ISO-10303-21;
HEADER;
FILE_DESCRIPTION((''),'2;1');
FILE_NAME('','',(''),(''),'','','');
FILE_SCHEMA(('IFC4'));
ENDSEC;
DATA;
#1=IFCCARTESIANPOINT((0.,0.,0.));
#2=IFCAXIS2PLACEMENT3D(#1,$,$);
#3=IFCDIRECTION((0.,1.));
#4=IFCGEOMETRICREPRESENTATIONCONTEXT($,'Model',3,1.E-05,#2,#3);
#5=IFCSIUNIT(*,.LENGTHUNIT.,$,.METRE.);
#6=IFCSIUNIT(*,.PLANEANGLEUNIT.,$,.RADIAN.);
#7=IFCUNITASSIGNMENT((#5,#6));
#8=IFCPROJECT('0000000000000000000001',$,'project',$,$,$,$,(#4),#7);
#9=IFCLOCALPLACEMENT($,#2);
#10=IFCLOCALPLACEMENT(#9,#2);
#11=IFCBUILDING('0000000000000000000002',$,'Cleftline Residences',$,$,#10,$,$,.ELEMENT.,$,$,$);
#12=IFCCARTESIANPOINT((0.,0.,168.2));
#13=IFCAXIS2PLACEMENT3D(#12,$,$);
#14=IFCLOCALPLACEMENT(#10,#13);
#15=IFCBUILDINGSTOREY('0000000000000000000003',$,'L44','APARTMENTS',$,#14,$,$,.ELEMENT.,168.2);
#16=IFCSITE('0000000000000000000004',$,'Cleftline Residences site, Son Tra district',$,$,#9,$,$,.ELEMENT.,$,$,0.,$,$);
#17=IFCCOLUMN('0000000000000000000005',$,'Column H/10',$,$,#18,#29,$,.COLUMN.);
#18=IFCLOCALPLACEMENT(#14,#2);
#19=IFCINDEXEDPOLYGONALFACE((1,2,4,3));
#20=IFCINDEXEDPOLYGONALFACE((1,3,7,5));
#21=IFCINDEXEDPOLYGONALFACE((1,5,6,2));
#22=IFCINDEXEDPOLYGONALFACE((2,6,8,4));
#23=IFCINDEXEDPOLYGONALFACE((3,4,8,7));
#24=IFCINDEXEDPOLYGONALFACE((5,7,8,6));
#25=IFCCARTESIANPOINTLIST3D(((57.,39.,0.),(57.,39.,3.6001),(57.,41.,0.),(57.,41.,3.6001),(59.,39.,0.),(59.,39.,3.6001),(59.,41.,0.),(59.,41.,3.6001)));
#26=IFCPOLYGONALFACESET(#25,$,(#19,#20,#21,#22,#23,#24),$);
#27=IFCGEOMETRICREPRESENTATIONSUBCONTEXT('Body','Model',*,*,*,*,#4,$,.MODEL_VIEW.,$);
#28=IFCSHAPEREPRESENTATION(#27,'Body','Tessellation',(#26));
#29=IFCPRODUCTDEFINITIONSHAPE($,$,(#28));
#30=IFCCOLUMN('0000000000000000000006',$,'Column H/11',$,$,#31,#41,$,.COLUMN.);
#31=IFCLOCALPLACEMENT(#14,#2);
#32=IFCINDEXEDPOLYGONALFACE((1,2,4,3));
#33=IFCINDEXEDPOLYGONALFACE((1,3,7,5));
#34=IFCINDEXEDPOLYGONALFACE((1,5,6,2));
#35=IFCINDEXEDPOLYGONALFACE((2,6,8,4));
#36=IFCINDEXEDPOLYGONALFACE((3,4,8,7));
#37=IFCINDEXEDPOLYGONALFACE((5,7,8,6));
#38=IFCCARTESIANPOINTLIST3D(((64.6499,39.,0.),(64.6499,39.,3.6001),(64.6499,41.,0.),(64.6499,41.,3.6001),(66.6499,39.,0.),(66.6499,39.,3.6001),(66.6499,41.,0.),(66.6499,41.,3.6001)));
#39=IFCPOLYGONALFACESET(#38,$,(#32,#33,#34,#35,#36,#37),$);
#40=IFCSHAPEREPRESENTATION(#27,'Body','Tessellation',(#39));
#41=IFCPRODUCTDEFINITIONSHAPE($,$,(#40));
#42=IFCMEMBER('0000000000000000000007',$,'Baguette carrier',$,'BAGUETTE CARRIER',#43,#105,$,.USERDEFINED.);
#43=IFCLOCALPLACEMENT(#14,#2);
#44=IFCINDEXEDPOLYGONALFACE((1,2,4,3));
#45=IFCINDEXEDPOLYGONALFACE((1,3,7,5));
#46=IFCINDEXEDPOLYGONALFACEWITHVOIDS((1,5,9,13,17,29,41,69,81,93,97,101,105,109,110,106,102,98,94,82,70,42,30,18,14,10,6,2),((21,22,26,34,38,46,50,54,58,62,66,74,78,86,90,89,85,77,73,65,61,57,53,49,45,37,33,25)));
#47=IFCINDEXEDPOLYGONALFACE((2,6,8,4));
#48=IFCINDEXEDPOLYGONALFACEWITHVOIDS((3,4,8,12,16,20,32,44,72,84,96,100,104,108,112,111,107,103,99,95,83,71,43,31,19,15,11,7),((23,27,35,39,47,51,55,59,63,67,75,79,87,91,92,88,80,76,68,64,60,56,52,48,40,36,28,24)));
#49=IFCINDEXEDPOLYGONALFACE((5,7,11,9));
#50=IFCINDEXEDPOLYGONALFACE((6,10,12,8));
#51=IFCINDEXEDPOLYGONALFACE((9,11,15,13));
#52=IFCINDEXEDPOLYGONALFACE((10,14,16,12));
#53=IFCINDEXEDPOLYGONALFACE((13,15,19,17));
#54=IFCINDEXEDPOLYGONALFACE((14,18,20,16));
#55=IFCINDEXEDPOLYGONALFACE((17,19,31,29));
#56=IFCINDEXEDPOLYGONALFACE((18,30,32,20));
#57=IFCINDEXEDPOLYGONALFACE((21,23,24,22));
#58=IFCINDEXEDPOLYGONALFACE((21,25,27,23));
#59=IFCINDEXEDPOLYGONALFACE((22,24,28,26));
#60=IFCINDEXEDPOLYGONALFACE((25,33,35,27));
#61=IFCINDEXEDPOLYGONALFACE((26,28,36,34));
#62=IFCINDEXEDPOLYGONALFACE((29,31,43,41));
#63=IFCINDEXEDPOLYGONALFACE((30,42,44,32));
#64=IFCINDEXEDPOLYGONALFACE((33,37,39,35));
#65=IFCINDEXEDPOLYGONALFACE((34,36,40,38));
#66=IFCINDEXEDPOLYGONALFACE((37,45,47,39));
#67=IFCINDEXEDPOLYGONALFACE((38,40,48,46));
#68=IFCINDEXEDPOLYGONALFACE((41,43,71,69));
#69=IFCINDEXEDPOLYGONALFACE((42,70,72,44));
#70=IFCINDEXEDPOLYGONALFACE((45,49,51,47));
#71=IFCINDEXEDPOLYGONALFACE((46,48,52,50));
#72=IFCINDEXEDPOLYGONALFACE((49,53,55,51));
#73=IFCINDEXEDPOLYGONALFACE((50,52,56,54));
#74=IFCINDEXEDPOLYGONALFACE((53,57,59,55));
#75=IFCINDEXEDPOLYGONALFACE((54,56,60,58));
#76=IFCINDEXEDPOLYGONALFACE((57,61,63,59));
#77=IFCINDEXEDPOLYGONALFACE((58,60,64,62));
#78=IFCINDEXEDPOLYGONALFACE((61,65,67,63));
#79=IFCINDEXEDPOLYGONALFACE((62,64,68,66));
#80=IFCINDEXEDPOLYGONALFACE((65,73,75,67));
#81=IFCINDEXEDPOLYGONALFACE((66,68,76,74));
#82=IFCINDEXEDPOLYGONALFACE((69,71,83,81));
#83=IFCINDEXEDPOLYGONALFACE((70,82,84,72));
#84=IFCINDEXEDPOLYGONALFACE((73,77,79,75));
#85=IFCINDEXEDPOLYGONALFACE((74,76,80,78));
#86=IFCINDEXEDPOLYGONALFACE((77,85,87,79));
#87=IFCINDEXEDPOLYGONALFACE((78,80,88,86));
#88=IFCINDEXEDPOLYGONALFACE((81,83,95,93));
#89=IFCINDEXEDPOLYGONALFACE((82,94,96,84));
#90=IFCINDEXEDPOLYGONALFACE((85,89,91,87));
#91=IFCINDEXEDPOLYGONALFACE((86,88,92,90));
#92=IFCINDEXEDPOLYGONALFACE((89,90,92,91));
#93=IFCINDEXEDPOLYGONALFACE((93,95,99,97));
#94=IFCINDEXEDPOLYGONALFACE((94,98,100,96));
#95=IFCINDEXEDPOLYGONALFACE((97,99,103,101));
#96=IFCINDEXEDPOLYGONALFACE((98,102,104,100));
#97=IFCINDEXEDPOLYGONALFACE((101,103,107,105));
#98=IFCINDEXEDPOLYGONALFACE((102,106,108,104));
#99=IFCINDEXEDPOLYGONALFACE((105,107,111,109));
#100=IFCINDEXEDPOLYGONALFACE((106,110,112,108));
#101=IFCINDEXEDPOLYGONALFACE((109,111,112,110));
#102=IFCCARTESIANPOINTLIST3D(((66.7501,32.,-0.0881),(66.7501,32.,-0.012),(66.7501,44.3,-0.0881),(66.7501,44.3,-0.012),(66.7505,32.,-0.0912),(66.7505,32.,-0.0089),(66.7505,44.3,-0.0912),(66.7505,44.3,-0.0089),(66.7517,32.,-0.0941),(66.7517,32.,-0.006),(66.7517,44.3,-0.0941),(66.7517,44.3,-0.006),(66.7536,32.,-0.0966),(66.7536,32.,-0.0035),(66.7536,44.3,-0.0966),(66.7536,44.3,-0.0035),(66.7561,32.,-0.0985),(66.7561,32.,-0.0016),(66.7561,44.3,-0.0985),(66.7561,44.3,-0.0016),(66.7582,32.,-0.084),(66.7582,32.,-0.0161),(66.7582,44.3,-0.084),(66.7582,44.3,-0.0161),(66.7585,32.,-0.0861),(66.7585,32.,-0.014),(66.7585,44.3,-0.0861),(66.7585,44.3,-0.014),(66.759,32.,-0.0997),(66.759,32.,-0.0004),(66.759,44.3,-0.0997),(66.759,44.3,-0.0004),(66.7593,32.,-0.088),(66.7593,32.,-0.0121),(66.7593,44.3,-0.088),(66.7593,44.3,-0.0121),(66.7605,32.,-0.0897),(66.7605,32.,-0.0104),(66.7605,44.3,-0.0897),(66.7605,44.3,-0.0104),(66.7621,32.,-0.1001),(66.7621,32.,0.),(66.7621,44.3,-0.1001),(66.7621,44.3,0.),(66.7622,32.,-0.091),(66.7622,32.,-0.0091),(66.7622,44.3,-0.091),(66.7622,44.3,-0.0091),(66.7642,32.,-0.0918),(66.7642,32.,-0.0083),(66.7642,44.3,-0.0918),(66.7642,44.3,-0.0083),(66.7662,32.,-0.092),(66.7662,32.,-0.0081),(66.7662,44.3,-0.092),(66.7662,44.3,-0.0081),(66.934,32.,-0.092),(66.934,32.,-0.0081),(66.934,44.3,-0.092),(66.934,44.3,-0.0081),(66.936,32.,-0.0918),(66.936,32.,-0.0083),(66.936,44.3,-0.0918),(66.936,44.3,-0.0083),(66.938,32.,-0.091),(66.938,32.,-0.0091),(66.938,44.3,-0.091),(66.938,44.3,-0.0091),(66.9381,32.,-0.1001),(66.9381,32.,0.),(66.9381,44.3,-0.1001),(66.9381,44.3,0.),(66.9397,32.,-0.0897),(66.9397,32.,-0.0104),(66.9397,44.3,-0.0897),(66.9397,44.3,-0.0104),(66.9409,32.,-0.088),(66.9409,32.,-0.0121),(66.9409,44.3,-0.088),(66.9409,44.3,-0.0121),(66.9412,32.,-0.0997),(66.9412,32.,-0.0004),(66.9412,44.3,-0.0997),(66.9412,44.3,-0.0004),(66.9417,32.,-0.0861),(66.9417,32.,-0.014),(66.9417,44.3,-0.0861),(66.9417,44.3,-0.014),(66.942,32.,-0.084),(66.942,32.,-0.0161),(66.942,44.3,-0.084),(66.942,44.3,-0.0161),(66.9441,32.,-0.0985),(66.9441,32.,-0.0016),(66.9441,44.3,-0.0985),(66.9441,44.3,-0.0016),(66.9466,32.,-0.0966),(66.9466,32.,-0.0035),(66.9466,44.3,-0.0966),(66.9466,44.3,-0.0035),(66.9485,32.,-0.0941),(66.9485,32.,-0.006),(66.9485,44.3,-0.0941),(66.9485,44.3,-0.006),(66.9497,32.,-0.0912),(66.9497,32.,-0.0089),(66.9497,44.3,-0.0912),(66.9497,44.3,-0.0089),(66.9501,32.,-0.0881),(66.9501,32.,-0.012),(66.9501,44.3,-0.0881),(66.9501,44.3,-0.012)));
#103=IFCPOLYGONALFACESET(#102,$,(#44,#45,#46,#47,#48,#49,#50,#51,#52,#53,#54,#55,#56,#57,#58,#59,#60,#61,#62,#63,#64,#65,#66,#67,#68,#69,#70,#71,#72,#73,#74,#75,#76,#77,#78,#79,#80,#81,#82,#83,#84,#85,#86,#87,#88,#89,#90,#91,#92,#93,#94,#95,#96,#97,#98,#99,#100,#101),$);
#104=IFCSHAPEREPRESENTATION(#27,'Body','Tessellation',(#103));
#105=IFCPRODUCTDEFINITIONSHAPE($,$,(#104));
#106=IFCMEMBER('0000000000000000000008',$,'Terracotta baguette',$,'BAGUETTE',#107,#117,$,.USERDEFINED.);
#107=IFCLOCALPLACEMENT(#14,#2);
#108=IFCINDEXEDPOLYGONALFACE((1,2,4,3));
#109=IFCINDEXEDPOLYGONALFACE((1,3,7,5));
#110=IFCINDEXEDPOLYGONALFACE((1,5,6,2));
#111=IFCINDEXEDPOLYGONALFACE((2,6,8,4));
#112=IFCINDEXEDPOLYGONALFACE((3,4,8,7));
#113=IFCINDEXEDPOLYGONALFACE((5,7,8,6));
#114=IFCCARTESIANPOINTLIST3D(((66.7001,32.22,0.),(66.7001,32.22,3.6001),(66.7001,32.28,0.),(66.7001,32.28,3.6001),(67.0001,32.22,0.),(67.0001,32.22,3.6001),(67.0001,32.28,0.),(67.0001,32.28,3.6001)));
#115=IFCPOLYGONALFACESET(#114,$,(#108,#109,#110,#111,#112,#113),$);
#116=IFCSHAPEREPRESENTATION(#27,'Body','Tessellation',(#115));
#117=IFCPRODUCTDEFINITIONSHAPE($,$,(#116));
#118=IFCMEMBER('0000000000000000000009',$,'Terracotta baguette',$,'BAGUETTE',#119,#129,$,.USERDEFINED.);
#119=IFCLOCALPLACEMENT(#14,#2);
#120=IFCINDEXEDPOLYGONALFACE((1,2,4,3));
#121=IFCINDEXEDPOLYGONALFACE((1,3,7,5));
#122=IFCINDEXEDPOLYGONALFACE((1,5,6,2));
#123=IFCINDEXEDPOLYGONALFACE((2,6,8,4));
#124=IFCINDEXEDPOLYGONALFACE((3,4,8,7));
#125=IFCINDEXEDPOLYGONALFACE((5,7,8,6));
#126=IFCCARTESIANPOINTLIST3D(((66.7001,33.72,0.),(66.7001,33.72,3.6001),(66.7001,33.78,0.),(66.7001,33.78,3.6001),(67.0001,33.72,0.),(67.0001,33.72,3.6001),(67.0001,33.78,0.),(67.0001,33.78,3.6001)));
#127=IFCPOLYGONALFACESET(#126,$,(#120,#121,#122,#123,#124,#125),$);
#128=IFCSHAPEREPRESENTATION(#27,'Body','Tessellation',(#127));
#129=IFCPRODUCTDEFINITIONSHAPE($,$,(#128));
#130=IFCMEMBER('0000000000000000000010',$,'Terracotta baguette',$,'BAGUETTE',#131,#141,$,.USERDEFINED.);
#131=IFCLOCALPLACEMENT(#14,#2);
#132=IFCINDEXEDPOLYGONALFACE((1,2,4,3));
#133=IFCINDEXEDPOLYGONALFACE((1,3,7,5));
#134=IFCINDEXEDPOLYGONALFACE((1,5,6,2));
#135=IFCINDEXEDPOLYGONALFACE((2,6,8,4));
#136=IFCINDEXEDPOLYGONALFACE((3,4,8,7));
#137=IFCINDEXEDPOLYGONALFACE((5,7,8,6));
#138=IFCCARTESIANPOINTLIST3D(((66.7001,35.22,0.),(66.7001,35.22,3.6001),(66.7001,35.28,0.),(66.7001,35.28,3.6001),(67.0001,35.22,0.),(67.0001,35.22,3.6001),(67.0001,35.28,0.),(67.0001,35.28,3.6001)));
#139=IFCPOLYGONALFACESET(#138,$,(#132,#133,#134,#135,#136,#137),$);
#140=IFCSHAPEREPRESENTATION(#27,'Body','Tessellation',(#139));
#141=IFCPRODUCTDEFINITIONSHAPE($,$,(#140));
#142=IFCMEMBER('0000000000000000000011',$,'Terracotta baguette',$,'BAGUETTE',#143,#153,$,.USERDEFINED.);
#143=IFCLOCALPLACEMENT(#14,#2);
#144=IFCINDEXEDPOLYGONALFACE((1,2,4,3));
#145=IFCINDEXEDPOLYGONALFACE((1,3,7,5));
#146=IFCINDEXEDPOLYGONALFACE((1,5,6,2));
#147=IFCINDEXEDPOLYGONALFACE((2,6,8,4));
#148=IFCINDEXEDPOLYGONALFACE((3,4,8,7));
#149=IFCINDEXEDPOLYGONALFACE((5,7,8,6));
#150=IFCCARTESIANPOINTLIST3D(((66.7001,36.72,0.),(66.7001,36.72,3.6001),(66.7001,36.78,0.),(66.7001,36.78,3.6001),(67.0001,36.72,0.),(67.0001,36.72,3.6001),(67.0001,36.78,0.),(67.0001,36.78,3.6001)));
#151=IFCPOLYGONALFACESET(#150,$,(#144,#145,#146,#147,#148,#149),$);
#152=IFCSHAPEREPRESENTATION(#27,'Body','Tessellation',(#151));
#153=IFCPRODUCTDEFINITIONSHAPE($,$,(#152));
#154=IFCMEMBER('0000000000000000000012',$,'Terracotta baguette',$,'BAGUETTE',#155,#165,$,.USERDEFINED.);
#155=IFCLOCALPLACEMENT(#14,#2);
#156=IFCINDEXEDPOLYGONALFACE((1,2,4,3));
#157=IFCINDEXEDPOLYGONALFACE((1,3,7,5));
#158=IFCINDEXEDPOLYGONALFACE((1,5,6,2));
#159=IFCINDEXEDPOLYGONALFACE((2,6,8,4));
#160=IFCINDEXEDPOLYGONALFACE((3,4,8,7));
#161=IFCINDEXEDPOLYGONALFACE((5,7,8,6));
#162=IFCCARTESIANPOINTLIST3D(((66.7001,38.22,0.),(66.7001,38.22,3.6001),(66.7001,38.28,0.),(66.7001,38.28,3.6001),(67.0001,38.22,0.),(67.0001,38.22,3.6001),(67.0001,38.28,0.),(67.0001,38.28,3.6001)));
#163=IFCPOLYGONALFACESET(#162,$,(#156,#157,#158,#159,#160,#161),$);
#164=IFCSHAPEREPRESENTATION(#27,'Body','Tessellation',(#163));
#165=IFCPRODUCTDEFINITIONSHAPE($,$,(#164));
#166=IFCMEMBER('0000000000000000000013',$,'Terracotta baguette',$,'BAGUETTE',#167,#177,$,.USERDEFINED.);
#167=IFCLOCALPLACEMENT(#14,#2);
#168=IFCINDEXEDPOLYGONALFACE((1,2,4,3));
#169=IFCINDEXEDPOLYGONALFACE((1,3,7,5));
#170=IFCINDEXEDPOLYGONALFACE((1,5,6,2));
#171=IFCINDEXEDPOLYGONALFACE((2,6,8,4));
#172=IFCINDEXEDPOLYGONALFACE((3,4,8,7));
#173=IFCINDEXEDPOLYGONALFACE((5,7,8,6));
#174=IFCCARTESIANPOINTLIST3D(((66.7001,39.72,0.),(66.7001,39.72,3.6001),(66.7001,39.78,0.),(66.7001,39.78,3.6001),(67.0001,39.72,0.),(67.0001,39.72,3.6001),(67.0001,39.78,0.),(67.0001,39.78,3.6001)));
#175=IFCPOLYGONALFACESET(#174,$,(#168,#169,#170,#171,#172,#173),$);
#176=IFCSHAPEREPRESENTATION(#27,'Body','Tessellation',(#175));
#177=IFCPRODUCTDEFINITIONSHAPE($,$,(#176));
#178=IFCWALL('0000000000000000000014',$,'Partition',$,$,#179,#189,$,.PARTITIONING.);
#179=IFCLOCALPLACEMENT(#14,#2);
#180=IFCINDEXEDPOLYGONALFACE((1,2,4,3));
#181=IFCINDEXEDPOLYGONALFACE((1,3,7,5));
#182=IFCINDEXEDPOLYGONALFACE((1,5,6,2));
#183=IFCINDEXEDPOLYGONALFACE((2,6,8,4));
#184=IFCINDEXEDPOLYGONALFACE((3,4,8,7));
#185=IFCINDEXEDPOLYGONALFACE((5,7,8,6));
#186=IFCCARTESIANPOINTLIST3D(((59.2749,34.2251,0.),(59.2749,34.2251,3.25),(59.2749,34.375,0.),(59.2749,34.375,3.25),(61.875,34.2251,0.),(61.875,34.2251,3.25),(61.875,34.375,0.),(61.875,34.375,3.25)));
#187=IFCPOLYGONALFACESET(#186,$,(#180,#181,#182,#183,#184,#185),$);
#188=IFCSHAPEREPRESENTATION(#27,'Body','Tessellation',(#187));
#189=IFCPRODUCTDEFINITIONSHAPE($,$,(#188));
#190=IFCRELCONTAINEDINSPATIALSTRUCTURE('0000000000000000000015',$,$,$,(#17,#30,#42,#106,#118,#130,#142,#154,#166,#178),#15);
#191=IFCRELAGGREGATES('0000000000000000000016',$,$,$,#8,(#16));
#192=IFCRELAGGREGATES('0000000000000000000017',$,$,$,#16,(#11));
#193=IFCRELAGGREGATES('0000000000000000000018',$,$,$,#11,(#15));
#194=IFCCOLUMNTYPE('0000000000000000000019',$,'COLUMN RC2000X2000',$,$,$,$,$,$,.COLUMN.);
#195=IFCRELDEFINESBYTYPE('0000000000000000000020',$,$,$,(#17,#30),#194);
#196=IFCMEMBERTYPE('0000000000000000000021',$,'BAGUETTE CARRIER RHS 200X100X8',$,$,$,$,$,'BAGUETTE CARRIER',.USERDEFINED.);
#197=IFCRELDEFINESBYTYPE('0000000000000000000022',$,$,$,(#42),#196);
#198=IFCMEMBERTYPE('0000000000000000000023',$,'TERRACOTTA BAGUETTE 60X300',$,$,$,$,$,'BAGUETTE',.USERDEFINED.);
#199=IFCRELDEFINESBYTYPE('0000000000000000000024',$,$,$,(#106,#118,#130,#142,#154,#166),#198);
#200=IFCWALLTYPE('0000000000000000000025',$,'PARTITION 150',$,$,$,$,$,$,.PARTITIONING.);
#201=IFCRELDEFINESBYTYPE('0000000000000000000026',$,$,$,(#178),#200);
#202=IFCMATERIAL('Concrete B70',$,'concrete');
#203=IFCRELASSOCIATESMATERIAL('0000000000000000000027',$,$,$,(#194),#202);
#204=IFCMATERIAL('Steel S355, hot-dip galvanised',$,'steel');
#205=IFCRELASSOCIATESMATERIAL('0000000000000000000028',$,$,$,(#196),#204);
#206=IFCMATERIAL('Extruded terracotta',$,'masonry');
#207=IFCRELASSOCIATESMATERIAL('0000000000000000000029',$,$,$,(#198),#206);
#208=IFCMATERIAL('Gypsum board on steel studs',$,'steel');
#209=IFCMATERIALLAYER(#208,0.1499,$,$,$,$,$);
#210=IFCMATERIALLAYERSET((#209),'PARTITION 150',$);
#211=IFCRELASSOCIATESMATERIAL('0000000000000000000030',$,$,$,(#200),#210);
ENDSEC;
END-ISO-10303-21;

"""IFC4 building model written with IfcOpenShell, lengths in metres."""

from ifc_helpers import new_model, si_unit, direction, frame, frame_2d, origin, origin_2d, place, context, subcontext, project, spatial, rectangle, hollow_rectangle, extrude, material, layer, layer_set, material_profile, profile_set, type_object, element, save


model = new_model("IFC4")

# Units and contexts
model_context = context("Model", 3, precision=1e-05, world=origin(), true_north=direction((0.0, 1.0)))
body_context = subcontext(model_context, "Body", "Model", "MODEL_VIEW")
ifc_project = project(units=[si_unit("LENGTHUNIT", "METRE"), si_unit("PLANEANGLEUNIT", "RADIAN")], contexts=[model_context])

# Site, building, storey
site_placement = place(None, origin())
site = spatial("IfcSite", under=ifc_project, at=site_placement, Name="Cleftline Residences site, Son Tra district", CompositionType="ELEMENT", RefElevation=0.0)
building_placement = place(site_placement, origin())
building = spatial("IfcBuilding", under=site, at=building_placement, Name="Cleftline Residences", CompositionType="ELEMENT")
storey_placement = place(building_placement, frame((0.0, 0.0, 168.2)))
storey = spatial("IfcBuildingStorey", under=building, at=storey_placement, Name="L44", Description="APARTMENTS", CompositionType="ELEMENT", Elevation=168.2)

# Columns
ifc_material_1 = material(Name="Concrete B70", Category="concrete")
ifc_material_profile_1 = material_profile(ifc_material_1, rectangle(XDim=2.0, YDim=2.0, at=origin_2d()))
ifc_profile_set_1 = profile_set([ifc_material_profile_1], Name="Concrete B70")
column_type = type_object("IfcColumnType", Name="COLUMN RC2000X2000", PredefinedType="COLUMN", material=ifc_profile_set_1)
for number, where, z_axis, x_axis, name in (
    (1, (58.0, 40.0, 0.0), (0.0, 0.0, 1.0), (1.0, 0.0, 0.0), "Column H/10"),
    (2, (65.6499, 40.0, 0.0), (0.0, 0.0, 1.0), (1.0, 0.0, 0.0), "Column H/11"),
):
    element("IfcColumn", number, at=place(storey_placement, frame(where, z_axis=z_axis, x_axis=x_axis)), inside=storey, type_object=column_type, Name=name, PredefinedType="COLUMN", context=body_context, shape_type="SweptSolid", body=[
        extrude(rectangle(XDim=2.0, YDim=2.0, at=origin_2d()), origin(), (0.0, 0.0, 1.0), 3.6001),
    ])

# Members
ifc_material_2 = material(Name="Steel S355, hot-dip galvanised", Category="steel")
ifc_material_profile_2 = material_profile(ifc_material_2, hollow_rectangle(XDim=0.1001, YDim=0.2, WallThickness=0.0081, InnerFilletRadius=0.0081, OuterFilletRadius=0.012, at=origin_2d()))
ifc_profile_set_2 = profile_set([ifc_material_profile_2], Name="Steel S355, hot-dip galvanised")
member_type_1 = type_object("IfcMemberType", Name="BAGUETTE CARRIER RHS 200X100X8", ElementType="BAGUETTE CARRIER", PredefinedType="USERDEFINED", material=ifc_profile_set_2)
member_placement = place(storey_placement, frame((66.8501, 32.0, -0.05), z_axis=(0.0, 1.0, 0.0), x_axis=(0.0, 0.0, 1.0)))
element("IfcMember", 3, at=member_placement, inside=storey, type_object=member_type_1, Name="Baguette carrier", ObjectType="BAGUETTE CARRIER", PredefinedType="USERDEFINED", context=body_context, shape_type="SweptSolid", body=[
    extrude(hollow_rectangle(XDim=0.1001, YDim=0.2, WallThickness=0.0081, InnerFilletRadius=0.0081, OuterFilletRadius=0.012, at=origin_2d()), origin(), (0.0, 0.0, 1.0), 12.3),
])
ifc_material_3 = material(Name="Extruded terracotta", Category="masonry")
ifc_material_profile_3 = material_profile(ifc_material_3, rectangle(XDim=0.0601, YDim=0.3, at=origin_2d()))
ifc_profile_set_3 = profile_set([ifc_material_profile_3], Name="Extruded terracotta")
member_type_2 = type_object("IfcMemberType", Name="TERRACOTTA BAGUETTE 60X300", ElementType="BAGUETTE", PredefinedType="USERDEFINED", material=ifc_profile_set_3)
for number, where, z_axis, x_axis, name in (
    (4, (66.8501, 32.25, 0.0), (0.0, 0.0, 1.0), (0.0, 1.0, 0.0), "Terracotta baguette"),
    (5, (66.8501, 33.75, 0.0), (0.0, 0.0, 1.0), (0.0, 1.0, 0.0), "Terracotta baguette"),
    (6, (66.8501, 35.25, 0.0), (0.0, 0.0, 1.0), (0.0, 1.0, 0.0), "Terracotta baguette"),
    (7, (66.8501, 36.75, 0.0), (0.0, 0.0, 1.0), (0.0, 1.0, 0.0), "Terracotta baguette"),
    (8, (66.8501, 38.25, 0.0), (0.0, 0.0, 1.0), (0.0, 1.0, 0.0), "Terracotta baguette"),
    (9, (66.8501, 39.75, 0.0), (0.0, 0.0, 1.0), (0.0, 1.0, 0.0), "Terracotta baguette"),
):
    element("IfcMember", number, at=place(storey_placement, frame(where, z_axis=z_axis, x_axis=x_axis)), inside=storey, type_object=member_type_2, Name=name, ObjectType="BAGUETTE", PredefinedType="USERDEFINED", context=body_context, shape_type="SweptSolid", body=[
        extrude(rectangle(XDim=0.0601, YDim=0.3, at=origin_2d()), origin(), (0.0, 0.0, 1.0), 3.6001),
    ])

# Wall
ifc_material_4 = material(Name="Gypsum board on steel studs", Category="steel")
ifc_layer = layer(ifc_material_4, 0.1499)
ifc_layer_set = layer_set([ifc_layer], Name="PARTITION 150")
wall_type = type_object("IfcWallType", Name="PARTITION 150", PredefinedType="PARTITIONING", material=ifc_layer_set)
wall_1_placement = place(storey_placement, frame((59.2749, 34.3, 0.0), z_axis=(0.0, 0.0, 1.0), x_axis=(1.0, 0.0, 0.0)))
element("IfcWall", 10, at=wall_1_placement, inside=storey, type_object=wall_type, Name="Partition", PredefinedType="PARTITIONING", context=body_context, shape_type="SweptSolid", body=[
    extrude(rectangle(XDim=2.6001, YDim=0.1499, at=frame_2d((1.3, 0.0))), origin(), (0.0, 0.0, 1.0), 3.25),
])

save(model, "model.ifc")
